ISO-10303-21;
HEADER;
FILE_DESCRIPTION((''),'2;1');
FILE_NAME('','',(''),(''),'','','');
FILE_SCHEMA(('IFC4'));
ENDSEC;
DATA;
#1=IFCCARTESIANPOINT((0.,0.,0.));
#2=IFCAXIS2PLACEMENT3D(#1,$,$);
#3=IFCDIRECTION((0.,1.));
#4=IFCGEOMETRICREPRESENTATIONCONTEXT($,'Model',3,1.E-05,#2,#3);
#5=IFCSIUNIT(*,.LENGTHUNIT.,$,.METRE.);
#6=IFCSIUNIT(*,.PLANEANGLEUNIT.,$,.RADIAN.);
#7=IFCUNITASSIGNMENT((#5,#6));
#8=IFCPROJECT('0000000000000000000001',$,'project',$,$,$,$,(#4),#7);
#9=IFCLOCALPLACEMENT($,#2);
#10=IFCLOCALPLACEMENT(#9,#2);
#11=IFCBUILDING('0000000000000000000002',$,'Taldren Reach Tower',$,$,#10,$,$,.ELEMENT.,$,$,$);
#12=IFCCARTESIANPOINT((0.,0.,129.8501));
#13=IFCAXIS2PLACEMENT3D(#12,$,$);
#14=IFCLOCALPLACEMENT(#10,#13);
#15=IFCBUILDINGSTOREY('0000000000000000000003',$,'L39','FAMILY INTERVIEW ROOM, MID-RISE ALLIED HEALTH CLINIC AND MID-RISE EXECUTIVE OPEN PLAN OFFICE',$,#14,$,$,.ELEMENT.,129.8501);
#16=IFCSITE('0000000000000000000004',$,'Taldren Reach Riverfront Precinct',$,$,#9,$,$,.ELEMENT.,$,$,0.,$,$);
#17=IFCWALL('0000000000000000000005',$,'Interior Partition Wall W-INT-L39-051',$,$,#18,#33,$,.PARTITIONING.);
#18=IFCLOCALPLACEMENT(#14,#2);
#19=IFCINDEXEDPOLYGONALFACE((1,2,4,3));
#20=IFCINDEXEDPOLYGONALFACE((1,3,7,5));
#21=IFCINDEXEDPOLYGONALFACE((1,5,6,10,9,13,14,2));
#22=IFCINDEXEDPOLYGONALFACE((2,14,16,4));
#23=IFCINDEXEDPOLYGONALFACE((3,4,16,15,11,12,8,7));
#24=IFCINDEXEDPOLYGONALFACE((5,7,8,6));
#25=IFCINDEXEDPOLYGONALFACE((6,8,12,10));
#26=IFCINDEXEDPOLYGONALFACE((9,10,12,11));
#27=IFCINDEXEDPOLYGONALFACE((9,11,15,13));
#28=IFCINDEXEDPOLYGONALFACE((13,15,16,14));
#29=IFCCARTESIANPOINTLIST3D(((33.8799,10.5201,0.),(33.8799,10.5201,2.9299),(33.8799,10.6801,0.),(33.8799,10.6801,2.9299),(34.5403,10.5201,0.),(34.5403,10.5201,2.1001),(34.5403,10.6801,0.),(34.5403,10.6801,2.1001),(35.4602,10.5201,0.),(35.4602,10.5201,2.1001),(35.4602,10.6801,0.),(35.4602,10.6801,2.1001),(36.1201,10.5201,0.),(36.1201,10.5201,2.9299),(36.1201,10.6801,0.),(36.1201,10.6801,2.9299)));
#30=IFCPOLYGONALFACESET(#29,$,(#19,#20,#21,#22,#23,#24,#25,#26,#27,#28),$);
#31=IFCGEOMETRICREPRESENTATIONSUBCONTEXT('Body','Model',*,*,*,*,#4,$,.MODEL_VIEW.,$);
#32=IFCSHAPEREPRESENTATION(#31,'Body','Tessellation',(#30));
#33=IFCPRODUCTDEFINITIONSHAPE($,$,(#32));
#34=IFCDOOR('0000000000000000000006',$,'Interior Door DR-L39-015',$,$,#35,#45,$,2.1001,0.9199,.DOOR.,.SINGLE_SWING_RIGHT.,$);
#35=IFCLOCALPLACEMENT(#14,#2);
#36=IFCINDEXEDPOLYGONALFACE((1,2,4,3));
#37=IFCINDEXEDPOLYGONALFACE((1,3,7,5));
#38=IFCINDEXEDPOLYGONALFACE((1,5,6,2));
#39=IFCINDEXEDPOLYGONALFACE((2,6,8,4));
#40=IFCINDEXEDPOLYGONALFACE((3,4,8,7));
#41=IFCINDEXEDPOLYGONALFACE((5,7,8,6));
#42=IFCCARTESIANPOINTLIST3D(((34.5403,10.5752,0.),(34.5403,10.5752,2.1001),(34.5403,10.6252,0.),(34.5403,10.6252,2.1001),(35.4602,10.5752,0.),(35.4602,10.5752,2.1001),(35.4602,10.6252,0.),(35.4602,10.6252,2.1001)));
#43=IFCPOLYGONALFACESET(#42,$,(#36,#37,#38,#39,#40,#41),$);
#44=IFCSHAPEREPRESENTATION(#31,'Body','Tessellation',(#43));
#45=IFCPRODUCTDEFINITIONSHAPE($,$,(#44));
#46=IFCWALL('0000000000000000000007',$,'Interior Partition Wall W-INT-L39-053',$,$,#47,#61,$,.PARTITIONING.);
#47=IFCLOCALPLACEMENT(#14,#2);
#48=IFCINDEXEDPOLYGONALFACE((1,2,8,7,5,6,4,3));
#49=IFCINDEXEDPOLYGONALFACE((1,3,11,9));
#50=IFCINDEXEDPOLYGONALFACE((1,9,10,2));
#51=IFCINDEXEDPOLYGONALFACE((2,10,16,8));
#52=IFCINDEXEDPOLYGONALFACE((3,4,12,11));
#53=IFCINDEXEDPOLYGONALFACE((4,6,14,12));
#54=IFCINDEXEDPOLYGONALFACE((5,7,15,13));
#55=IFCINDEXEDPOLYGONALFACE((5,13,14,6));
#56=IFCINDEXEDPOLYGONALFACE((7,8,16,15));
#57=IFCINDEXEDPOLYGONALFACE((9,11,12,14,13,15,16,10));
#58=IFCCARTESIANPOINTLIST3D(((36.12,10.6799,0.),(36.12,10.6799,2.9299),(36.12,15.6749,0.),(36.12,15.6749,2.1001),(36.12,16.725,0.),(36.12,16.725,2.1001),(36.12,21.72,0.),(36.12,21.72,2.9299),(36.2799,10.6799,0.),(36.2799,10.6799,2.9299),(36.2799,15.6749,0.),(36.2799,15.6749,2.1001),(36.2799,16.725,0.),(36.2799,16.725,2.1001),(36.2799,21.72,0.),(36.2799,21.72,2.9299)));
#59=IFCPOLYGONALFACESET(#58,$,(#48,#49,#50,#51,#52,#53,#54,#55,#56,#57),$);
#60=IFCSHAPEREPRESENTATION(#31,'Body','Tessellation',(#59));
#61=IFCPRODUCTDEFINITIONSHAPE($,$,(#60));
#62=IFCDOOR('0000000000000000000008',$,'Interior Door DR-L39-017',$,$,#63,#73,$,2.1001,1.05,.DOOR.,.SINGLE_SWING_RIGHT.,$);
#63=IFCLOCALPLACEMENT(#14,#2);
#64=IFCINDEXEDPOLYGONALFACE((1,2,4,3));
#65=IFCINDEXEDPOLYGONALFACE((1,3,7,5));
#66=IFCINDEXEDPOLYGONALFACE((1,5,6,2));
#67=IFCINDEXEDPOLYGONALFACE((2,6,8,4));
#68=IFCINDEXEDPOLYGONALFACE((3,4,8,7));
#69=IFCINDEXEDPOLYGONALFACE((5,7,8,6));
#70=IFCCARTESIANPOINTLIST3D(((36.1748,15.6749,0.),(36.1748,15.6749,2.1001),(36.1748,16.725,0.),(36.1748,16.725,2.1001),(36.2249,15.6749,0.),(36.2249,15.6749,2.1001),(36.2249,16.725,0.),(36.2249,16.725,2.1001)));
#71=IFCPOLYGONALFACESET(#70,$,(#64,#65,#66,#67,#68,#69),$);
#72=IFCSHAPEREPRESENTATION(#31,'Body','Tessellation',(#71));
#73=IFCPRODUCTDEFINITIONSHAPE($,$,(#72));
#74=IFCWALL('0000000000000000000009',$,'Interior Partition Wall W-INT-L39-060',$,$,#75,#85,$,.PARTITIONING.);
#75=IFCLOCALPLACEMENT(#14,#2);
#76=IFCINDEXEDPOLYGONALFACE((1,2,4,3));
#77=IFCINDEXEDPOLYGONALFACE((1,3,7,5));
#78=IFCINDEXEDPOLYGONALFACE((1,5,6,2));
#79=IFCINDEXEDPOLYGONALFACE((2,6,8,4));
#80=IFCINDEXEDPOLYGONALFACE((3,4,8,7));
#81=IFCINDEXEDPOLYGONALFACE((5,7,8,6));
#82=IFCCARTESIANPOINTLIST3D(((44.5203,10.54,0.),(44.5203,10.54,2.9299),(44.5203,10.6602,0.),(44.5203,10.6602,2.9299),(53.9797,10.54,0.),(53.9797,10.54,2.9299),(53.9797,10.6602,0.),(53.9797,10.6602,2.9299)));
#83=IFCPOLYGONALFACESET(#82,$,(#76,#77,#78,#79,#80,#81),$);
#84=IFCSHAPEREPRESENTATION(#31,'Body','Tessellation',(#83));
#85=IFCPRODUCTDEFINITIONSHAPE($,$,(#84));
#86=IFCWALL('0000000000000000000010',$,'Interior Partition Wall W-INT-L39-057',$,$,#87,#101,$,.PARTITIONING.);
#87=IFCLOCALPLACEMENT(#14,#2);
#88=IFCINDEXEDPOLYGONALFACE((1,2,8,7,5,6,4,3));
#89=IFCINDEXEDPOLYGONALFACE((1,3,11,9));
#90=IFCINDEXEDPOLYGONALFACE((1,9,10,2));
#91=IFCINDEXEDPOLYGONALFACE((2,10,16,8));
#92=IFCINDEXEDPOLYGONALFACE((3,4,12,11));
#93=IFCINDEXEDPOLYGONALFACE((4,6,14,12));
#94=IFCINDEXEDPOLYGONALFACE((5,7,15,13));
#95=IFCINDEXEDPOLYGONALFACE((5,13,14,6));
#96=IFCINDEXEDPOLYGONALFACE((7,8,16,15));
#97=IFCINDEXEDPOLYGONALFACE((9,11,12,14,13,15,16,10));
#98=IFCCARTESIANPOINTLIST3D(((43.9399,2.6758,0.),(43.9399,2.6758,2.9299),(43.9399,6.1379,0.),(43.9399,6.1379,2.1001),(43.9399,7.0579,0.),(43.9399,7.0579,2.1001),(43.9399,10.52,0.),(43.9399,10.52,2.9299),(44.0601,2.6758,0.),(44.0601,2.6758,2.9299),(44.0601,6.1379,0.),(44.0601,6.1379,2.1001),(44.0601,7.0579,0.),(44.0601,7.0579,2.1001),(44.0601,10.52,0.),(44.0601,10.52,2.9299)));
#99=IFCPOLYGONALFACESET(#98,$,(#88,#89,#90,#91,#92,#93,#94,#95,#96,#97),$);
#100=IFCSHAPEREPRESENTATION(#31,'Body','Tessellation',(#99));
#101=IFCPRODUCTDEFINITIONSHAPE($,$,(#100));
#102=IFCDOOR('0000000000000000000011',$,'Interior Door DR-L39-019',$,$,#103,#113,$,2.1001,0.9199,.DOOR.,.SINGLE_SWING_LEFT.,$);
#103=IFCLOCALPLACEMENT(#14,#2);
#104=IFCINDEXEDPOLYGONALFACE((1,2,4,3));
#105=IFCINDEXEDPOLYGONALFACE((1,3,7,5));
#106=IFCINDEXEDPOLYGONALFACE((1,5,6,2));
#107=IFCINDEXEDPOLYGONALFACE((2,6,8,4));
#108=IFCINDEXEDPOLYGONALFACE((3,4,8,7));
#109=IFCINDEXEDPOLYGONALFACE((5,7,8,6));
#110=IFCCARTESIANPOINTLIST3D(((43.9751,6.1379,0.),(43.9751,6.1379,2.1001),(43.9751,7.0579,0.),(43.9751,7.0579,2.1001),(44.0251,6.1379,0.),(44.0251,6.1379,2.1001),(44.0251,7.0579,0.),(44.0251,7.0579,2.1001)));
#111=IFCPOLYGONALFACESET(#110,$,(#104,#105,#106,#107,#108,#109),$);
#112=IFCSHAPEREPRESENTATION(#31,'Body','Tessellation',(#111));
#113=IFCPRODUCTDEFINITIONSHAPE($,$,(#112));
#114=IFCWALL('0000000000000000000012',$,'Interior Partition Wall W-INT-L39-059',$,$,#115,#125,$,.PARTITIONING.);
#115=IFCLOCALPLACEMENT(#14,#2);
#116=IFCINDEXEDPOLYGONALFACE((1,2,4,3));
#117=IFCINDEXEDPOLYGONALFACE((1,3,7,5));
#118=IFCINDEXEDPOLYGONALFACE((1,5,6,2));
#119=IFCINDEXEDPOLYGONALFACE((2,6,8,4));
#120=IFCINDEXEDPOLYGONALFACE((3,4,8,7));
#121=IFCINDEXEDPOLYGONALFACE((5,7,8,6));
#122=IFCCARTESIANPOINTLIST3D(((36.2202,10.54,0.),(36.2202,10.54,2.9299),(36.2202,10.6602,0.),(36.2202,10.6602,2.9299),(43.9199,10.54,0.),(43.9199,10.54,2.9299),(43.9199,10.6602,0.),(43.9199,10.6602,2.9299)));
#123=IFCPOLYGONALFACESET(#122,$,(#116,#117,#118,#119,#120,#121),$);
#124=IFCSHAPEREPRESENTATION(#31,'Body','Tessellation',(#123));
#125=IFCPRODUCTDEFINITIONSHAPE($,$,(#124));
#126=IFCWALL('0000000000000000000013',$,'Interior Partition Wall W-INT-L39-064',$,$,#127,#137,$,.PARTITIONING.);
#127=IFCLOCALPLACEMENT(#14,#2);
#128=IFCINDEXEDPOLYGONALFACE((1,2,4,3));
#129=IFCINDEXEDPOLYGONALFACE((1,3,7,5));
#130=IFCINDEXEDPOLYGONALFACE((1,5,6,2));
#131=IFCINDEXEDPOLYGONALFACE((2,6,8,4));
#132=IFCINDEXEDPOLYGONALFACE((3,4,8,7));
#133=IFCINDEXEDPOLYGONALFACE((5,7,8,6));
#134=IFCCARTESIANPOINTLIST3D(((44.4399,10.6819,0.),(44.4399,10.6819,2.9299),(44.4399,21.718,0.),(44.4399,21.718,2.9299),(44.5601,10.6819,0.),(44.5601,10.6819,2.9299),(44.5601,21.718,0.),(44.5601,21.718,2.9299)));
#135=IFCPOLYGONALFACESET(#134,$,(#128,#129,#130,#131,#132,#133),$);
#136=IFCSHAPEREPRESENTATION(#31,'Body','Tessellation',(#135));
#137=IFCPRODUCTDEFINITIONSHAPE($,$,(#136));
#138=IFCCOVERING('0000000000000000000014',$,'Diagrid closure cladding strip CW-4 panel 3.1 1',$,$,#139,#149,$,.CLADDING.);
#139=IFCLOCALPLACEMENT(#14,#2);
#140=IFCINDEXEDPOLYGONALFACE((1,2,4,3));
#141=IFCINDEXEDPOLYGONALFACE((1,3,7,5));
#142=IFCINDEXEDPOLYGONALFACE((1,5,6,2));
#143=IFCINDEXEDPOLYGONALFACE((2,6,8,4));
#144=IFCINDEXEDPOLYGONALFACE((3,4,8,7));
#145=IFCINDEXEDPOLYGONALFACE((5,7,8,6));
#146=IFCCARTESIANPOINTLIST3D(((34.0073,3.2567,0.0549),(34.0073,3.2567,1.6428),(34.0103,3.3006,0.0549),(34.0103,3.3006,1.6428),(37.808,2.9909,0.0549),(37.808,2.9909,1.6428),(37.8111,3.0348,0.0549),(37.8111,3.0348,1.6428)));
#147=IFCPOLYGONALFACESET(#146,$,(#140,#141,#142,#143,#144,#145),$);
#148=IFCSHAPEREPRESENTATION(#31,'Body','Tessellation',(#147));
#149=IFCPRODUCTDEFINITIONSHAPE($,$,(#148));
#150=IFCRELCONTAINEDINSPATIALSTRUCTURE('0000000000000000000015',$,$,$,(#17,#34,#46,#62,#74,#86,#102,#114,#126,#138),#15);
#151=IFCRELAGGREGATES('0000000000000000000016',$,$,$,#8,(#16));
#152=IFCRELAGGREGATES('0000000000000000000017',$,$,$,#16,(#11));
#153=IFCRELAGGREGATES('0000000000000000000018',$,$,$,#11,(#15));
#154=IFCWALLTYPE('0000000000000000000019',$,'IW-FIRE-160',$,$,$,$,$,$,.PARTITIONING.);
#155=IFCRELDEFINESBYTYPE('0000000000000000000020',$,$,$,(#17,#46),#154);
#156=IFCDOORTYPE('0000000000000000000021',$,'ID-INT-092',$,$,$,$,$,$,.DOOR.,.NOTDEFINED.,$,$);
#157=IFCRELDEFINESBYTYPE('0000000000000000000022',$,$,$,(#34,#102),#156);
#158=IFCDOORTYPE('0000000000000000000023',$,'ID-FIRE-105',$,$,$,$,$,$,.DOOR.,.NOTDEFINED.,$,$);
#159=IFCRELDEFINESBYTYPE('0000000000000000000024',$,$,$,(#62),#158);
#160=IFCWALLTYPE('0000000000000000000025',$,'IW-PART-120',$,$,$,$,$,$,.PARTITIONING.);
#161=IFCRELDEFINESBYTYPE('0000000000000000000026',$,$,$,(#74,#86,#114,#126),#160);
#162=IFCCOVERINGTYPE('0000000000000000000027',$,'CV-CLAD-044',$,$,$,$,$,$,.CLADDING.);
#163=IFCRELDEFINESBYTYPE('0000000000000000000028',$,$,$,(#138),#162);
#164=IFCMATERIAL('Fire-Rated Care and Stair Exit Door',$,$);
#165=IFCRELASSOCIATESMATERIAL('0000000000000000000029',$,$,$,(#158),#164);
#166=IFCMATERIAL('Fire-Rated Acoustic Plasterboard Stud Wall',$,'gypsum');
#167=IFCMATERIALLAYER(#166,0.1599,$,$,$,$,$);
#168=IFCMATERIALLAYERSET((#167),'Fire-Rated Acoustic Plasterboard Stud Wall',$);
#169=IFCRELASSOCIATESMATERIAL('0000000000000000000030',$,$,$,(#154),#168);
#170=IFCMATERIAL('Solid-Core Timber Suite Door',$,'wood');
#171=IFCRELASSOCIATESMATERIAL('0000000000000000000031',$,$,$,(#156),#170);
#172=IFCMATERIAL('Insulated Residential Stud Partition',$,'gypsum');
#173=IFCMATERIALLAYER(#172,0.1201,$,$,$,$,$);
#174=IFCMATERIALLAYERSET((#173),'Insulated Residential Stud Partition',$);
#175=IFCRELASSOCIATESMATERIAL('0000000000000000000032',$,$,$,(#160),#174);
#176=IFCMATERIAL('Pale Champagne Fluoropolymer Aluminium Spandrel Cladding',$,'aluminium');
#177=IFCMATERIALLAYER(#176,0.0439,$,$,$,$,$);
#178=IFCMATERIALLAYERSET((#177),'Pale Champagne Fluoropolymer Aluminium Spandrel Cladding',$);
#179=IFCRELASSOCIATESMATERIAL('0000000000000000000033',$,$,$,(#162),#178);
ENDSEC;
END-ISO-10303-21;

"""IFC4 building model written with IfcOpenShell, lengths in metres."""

from ifc_helpers import new_model, si_unit, direction, frame, frame_2d, origin, origin_2d, place, context, subcontext, project, spatial, rectangle, extrude, source, transform, mapped, material, layer, layer_set, type_object, element, fill, save


model = new_model("IFC4")

# Units and contexts
model_context = context("Model", 3, precision=1e-05, world=origin(), true_north=direction((0.0, 1.0)))
body_context = subcontext(model_context, "Body", "Model", "MODEL_VIEW")
ifc_project = project(units=[si_unit("LENGTHUNIT", "METRE"), si_unit("PLANEANGLEUNIT", "RADIAN")], contexts=[model_context])

# Site, building, storey
site_placement = place(None, origin())
site = spatial("IfcSite", under=ifc_project, at=site_placement, Name="Taldren Reach Riverfront Precinct", CompositionType="ELEMENT", RefElevation=0.0)
building_placement = place(site_placement, origin())
building = spatial("IfcBuilding", under=site, at=building_placement, Name="Taldren Reach Tower", CompositionType="ELEMENT")
storey_placement = place(building_placement, frame((0.0, 0.0, 129.8501)))
storey = spatial("IfcBuildingStorey", under=building, at=storey_placement, Name="L39", Description="FAMILY INTERVIEW ROOM, MID-RISE ALLIED HEALTH CLINIC AND MID-RISE EXECUTIVE OPEN PLAN OFFICE", CompositionType="ELEMENT", Elevation=129.8501)

# Shared definitions
ifc_material_1 = material(Name="Fire-Rated Care and Stair Exit Door")
door_type_1 = type_object("IfcDoorType", Name="ID-FIRE-105", OperationType="NOTDEFINED", PredefinedType="DOOR", material=ifc_material_1)
shared_shape_1 = source(origin(), body_context, "Body", "SweptSolid", [
    extrude(rectangle(XDim=1.05, YDim=2.1001, at=frame_2d((0.5249, 1.05))), frame((0.0, 0.0249, 0.0), z_axis=(0.0, -1.0, 0.0), x_axis=(1.0, 0.0, 0.0)), (0.0, 0.0, 1.0), 0.05),
])

# Shared definitions
ifc_material_2 = material(Name="Fire-Rated Acoustic Plasterboard Stud Wall", Category="gypsum")
ifc_layer_1 = layer(ifc_material_2, 0.1599)
ifc_layer_set_1 = layer_set([ifc_layer_1], Name="Fire-Rated Acoustic Plasterboard Stud Wall")
wall_type_1 = type_object("IfcWallType", Name="IW-FIRE-160", PredefinedType="PARTITIONING", material=ifc_layer_set_1)

# Walls, openings, doors
shared_shape_2 = source(origin(), body_context, "Body", "SweptSolid", [
    extrude(rectangle(XDim=2.2402, YDim=0.1599, at=frame_2d((1.1201, 0.0))), origin(), (0.0, 0.0, 1.0), 2.9299),
])
wall_1_placement = place(storey_placement, frame((36.1201, 10.6001, 0.0), z_axis=(0.0, 0.0, 1.0), x_axis=(-1.0, 0.0, 0.0)))
wall_1 = element("IfcWall", 1, at=wall_1_placement, inside=storey, type_object=wall_type_1, Name="Interior Partition Wall W-INT-L39-051", PredefinedType="PARTITIONING", context=body_context, shape_type="MappedRepresentation", body=[
    mapped(shared_shape_2, transform((0.0, 0.0, 0.0), scale=1.0)),
])
shared_shape_3 = source(origin(), body_context, "Body", "SweptSolid", [
    extrude(rectangle(XDim=0.9199, YDim=2.1001, at=frame_2d((0.46, 1.05))), frame((0.0, 0.0898, 0.0), z_axis=(0.0, -1.0, 0.0), x_axis=(1.0, 0.0, 0.0)), (0.0, 0.0, 1.0), 0.1799),
])
opening_1_placement = place(wall_1_placement, frame((0.6599, 0.0, 0.0)))
opening_1 = element("IfcOpeningElement", 2, at=opening_1_placement, cuts=wall_1, PredefinedType="OPENING", context=body_context, shape_type="MappedRepresentation", body=[
    mapped(shared_shape_3, transform((0.0, 0.0, 0.0), scale=1.0)),
])
ifc_material_3 = material(Name="Solid-Core Timber Suite Door", Category="wood")
door_type_2 = type_object("IfcDoorType", Name="ID-INT-092", OperationType="NOTDEFINED", PredefinedType="DOOR", material=ifc_material_3)
shared_shape_4 = source(origin(), body_context, "Body", "SweptSolid", [
    extrude(rectangle(XDim=0.9199, YDim=2.1001, at=frame_2d((0.46, 1.05))), frame((0.0, 0.0249, 0.0), z_axis=(0.0, -1.0, 0.0), x_axis=(1.0, 0.0, 0.0)), (0.0, 0.0, 1.0), 0.05),
])
door_1_placement = place(opening_1_placement, origin())
door_1 = element("IfcDoor", 3, at=door_1_placement, inside=storey, type_object=door_type_2, Name="Interior Door DR-L39-015", OperationType="SINGLE_SWING_RIGHT", OverallHeight=2.1001, OverallWidth=0.9199, PredefinedType="DOOR", context=body_context, shape_type="MappedRepresentation", body=[
    mapped(shared_shape_4, transform((0.0, 0.0, 0.0), scale=1.0)),
])
fill(opening_1, door_1)
shared_shape_5 = source(origin(), body_context, "Body", "SweptSolid", [
    extrude(rectangle(XDim=11.04, YDim=0.1599, at=frame_2d((5.52, 0.0))), origin(), (0.0, 0.0, 1.0), 2.9299),
])
wall_2_placement = place(storey_placement, frame((36.2, 21.72, 0.0), z_axis=(0.0, 0.0, 1.0), x_axis=(0.0, -1.0, 0.0)))
wall_2 = element("IfcWall", 4, at=wall_2_placement, inside=storey, type_object=wall_type_1, Name="Interior Partition Wall W-INT-L39-053", PredefinedType="PARTITIONING", context=body_context, shape_type="MappedRepresentation", body=[
    mapped(shared_shape_5, transform((0.0, 0.0, 0.0), scale=1.0)),
])
shared_shape_6 = source(origin(), body_context, "Body", "SweptSolid", [
    extrude(rectangle(XDim=1.05, YDim=2.1001, at=frame_2d((0.5249, 1.05))), frame((0.0, 0.0898, 0.0), z_axis=(0.0, -1.0, 0.0), x_axis=(1.0, 0.0, 0.0)), (0.0, 0.0, 1.0), 0.1799),
])
opening_2_placement = place(wall_2_placement, frame((4.9951, 0.0, 0.0)))
opening_2 = element("IfcOpeningElement", 5, at=opening_2_placement, cuts=wall_2, PredefinedType="OPENING", context=body_context, shape_type="MappedRepresentation", body=[
    mapped(shared_shape_6, transform((0.0, 0.0, 0.0), scale=1.0)),
])
door_2_placement = place(opening_2_placement, origin())
door_2 = element("IfcDoor", 6, at=door_2_placement, inside=storey, type_object=door_type_1, Name="Interior Door DR-L39-017", OperationType="SINGLE_SWING_RIGHT", OverallHeight=2.1001, OverallWidth=1.05, PredefinedType="DOOR", context=body_context, shape_type="MappedRepresentation", body=[
    mapped(shared_shape_1, transform((0.0, 0.0, 0.0), scale=1.0)),
])
fill(opening_2, door_2)

# Wall
ifc_material_4 = material(Name="Insulated Residential Stud Partition", Category="gypsum")
ifc_layer_2 = layer(ifc_material_4, 0.1201)
ifc_layer_set_2 = layer_set([ifc_layer_2], Name="Insulated Residential Stud Partition")
wall_type_2 = type_object("IfcWallType", Name="IW-PART-120", PredefinedType="PARTITIONING", material=ifc_layer_set_2)
shared_shape_7 = source(origin(), body_context, "Body", "SweptSolid", [
    extrude(rectangle(XDim=9.4595, YDim=0.1201, at=frame_2d((4.7297, 0.0))), origin(), (0.0, 0.0, 1.0), 2.9299),
])
wall_3_placement = place(storey_placement, frame((44.5203, 10.6001, 0.0), z_axis=(0.0, 0.0, 1.0), x_axis=(1.0, 0.0, 0.0)))
element("IfcWall", 7, at=wall_3_placement, inside=storey, type_object=wall_type_2, Name="Interior Partition Wall W-INT-L39-060", PredefinedType="PARTITIONING", context=body_context, shape_type="MappedRepresentation", body=[
    mapped(shared_shape_7, transform((0.0, 0.0, 0.0), scale=1.0)),
])

# Wall, opening, door
shared_shape_8 = source(origin(), body_context, "Body", "SweptSolid", [
    extrude(rectangle(XDim=7.8442, YDim=0.1201, at=frame_2d((3.9221, 0.0))), origin(), (0.0, 0.0, 1.0), 2.9299),
])
wall_4_placement = place(storey_placement, frame((44.0, 10.52, 0.0), z_axis=(0.0, 0.0, 1.0), x_axis=(0.0, -1.0, 0.0)))
wall_4 = element("IfcWall", 8, at=wall_4_placement, inside=storey, type_object=wall_type_2, Name="Interior Partition Wall W-INT-L39-057", PredefinedType="PARTITIONING", context=body_context, shape_type="MappedRepresentation", body=[
    mapped(shared_shape_8, transform((0.0, 0.0, 0.0), scale=1.0)),
])
shared_shape_9 = source(origin(), body_context, "Body", "SweptSolid", [
    extrude(rectangle(XDim=0.9199, YDim=2.1001, at=frame_2d((0.46, 1.05))), frame((0.0, 0.0701, 0.0), z_axis=(0.0, -1.0, 0.0), x_axis=(1.0, 0.0, 0.0)), (0.0, 0.0, 1.0), 0.1401),
])
opening_3_placement = place(wall_4_placement, frame((3.4622, 0.0, 0.0)))
opening_3 = element("IfcOpeningElement", 9, at=opening_3_placement, cuts=wall_4, PredefinedType="OPENING", context=body_context, shape_type="MappedRepresentation", body=[
    mapped(shared_shape_9, transform((0.0, 0.0, 0.0), scale=1.0)),
])
door_3_placement = place(opening_3_placement, frame((0.9199, 0.0, 0.0), z_axis=(0.0, 0.0, 1.0), x_axis=(-1.0, 0.0, 0.0)))
door_3 = element("IfcDoor", 10, at=door_3_placement, inside=storey, type_object=door_type_2, Name="Interior Door DR-L39-019", OperationType="SINGLE_SWING_LEFT", OverallHeight=2.1001, OverallWidth=0.9199, PredefinedType="DOOR", context=body_context, shape_type="MappedRepresentation", body=[
    mapped(shared_shape_4, transform((0.0, 0.0, 0.0), scale=1.0)),
])
fill(opening_3, door_3)

# Walls
shared_shape_10 = source(origin(), body_context, "Body", "SweptSolid", [
    extrude(rectangle(XDim=7.6997, YDim=0.1201, at=frame_2d((3.8499, 0.0))), origin(), (0.0, 0.0, 1.0), 2.9299),
])
wall_5_placement = place(storey_placement, frame((36.2202, 10.6001, 0.0), z_axis=(0.0, 0.0, 1.0), x_axis=(1.0, 0.0, 0.0)))
element("IfcWall", 11, at=wall_5_placement, inside=storey, type_object=wall_type_2, Name="Interior Partition Wall W-INT-L39-059", PredefinedType="PARTITIONING", context=body_context, shape_type="MappedRepresentation", body=[
    mapped(shared_shape_10, transform((0.0, 0.0, 0.0), scale=1.0)),
])
shared_shape_11 = source(origin(), body_context, "Body", "SweptSolid", [
    extrude(rectangle(XDim=11.0361, YDim=0.1201, at=frame_2d((5.5181, 0.0))), origin(), (0.0, 0.0, 1.0), 2.9299),
])
wall_6_placement = place(storey_placement, frame((44.5, 21.718, 0.0), z_axis=(0.0, 0.0, 1.0), x_axis=(0.0, -1.0, 0.0)))
element("IfcWall", 12, at=wall_6_placement, inside=storey, type_object=wall_type_2, Name="Interior Partition Wall W-INT-L39-064", PredefinedType="PARTITIONING", context=body_context, shape_type="MappedRepresentation", body=[
    mapped(shared_shape_11, transform((0.0, 0.0, 0.0), scale=1.0)),
])

# Covering
ifc_material_5 = material(Name="Pale Champagne Fluoropolymer Aluminium Spandrel Cladding", Category="aluminium")
ifc_layer_3 = layer(ifc_material_5, 0.0439)
ifc_layer_set_3 = layer_set([ifc_layer_3], Name="Pale Champagne Fluoropolymer Aluminium Spandrel Cladding")
covering_type = type_object("IfcCoveringType", Name="CV-CLAD-044", PredefinedType="CLADDING", material=ifc_layer_set_3)
shared_shape_12 = source(origin(), body_context, "Body", "SweptSolid", [
    extrude(rectangle(XDim=3.8101, YDim=0.0439, at=origin_2d()), origin(), (0.0, 0.0, 1.0), 1.5879),
])
covering_placement = place(storey_placement, frame((35.9092, 3.1458, 0.0549), z_axis=(0.0, 0.0, 1.0), x_axis=(0.997564, -0.069757, 0.0)))
element("IfcCovering", 13, at=covering_placement, inside=storey, type_object=covering_type, Name="Diagrid closure cladding strip CW-4 panel 3.1 1", PredefinedType="CLADDING", context=body_context, shape_type="MappedRepresentation", body=[
    mapped(shared_shape_12, transform((0.0, 0.0, 0.0), scale=1.0)),
])

save(model, "model.ifc")
